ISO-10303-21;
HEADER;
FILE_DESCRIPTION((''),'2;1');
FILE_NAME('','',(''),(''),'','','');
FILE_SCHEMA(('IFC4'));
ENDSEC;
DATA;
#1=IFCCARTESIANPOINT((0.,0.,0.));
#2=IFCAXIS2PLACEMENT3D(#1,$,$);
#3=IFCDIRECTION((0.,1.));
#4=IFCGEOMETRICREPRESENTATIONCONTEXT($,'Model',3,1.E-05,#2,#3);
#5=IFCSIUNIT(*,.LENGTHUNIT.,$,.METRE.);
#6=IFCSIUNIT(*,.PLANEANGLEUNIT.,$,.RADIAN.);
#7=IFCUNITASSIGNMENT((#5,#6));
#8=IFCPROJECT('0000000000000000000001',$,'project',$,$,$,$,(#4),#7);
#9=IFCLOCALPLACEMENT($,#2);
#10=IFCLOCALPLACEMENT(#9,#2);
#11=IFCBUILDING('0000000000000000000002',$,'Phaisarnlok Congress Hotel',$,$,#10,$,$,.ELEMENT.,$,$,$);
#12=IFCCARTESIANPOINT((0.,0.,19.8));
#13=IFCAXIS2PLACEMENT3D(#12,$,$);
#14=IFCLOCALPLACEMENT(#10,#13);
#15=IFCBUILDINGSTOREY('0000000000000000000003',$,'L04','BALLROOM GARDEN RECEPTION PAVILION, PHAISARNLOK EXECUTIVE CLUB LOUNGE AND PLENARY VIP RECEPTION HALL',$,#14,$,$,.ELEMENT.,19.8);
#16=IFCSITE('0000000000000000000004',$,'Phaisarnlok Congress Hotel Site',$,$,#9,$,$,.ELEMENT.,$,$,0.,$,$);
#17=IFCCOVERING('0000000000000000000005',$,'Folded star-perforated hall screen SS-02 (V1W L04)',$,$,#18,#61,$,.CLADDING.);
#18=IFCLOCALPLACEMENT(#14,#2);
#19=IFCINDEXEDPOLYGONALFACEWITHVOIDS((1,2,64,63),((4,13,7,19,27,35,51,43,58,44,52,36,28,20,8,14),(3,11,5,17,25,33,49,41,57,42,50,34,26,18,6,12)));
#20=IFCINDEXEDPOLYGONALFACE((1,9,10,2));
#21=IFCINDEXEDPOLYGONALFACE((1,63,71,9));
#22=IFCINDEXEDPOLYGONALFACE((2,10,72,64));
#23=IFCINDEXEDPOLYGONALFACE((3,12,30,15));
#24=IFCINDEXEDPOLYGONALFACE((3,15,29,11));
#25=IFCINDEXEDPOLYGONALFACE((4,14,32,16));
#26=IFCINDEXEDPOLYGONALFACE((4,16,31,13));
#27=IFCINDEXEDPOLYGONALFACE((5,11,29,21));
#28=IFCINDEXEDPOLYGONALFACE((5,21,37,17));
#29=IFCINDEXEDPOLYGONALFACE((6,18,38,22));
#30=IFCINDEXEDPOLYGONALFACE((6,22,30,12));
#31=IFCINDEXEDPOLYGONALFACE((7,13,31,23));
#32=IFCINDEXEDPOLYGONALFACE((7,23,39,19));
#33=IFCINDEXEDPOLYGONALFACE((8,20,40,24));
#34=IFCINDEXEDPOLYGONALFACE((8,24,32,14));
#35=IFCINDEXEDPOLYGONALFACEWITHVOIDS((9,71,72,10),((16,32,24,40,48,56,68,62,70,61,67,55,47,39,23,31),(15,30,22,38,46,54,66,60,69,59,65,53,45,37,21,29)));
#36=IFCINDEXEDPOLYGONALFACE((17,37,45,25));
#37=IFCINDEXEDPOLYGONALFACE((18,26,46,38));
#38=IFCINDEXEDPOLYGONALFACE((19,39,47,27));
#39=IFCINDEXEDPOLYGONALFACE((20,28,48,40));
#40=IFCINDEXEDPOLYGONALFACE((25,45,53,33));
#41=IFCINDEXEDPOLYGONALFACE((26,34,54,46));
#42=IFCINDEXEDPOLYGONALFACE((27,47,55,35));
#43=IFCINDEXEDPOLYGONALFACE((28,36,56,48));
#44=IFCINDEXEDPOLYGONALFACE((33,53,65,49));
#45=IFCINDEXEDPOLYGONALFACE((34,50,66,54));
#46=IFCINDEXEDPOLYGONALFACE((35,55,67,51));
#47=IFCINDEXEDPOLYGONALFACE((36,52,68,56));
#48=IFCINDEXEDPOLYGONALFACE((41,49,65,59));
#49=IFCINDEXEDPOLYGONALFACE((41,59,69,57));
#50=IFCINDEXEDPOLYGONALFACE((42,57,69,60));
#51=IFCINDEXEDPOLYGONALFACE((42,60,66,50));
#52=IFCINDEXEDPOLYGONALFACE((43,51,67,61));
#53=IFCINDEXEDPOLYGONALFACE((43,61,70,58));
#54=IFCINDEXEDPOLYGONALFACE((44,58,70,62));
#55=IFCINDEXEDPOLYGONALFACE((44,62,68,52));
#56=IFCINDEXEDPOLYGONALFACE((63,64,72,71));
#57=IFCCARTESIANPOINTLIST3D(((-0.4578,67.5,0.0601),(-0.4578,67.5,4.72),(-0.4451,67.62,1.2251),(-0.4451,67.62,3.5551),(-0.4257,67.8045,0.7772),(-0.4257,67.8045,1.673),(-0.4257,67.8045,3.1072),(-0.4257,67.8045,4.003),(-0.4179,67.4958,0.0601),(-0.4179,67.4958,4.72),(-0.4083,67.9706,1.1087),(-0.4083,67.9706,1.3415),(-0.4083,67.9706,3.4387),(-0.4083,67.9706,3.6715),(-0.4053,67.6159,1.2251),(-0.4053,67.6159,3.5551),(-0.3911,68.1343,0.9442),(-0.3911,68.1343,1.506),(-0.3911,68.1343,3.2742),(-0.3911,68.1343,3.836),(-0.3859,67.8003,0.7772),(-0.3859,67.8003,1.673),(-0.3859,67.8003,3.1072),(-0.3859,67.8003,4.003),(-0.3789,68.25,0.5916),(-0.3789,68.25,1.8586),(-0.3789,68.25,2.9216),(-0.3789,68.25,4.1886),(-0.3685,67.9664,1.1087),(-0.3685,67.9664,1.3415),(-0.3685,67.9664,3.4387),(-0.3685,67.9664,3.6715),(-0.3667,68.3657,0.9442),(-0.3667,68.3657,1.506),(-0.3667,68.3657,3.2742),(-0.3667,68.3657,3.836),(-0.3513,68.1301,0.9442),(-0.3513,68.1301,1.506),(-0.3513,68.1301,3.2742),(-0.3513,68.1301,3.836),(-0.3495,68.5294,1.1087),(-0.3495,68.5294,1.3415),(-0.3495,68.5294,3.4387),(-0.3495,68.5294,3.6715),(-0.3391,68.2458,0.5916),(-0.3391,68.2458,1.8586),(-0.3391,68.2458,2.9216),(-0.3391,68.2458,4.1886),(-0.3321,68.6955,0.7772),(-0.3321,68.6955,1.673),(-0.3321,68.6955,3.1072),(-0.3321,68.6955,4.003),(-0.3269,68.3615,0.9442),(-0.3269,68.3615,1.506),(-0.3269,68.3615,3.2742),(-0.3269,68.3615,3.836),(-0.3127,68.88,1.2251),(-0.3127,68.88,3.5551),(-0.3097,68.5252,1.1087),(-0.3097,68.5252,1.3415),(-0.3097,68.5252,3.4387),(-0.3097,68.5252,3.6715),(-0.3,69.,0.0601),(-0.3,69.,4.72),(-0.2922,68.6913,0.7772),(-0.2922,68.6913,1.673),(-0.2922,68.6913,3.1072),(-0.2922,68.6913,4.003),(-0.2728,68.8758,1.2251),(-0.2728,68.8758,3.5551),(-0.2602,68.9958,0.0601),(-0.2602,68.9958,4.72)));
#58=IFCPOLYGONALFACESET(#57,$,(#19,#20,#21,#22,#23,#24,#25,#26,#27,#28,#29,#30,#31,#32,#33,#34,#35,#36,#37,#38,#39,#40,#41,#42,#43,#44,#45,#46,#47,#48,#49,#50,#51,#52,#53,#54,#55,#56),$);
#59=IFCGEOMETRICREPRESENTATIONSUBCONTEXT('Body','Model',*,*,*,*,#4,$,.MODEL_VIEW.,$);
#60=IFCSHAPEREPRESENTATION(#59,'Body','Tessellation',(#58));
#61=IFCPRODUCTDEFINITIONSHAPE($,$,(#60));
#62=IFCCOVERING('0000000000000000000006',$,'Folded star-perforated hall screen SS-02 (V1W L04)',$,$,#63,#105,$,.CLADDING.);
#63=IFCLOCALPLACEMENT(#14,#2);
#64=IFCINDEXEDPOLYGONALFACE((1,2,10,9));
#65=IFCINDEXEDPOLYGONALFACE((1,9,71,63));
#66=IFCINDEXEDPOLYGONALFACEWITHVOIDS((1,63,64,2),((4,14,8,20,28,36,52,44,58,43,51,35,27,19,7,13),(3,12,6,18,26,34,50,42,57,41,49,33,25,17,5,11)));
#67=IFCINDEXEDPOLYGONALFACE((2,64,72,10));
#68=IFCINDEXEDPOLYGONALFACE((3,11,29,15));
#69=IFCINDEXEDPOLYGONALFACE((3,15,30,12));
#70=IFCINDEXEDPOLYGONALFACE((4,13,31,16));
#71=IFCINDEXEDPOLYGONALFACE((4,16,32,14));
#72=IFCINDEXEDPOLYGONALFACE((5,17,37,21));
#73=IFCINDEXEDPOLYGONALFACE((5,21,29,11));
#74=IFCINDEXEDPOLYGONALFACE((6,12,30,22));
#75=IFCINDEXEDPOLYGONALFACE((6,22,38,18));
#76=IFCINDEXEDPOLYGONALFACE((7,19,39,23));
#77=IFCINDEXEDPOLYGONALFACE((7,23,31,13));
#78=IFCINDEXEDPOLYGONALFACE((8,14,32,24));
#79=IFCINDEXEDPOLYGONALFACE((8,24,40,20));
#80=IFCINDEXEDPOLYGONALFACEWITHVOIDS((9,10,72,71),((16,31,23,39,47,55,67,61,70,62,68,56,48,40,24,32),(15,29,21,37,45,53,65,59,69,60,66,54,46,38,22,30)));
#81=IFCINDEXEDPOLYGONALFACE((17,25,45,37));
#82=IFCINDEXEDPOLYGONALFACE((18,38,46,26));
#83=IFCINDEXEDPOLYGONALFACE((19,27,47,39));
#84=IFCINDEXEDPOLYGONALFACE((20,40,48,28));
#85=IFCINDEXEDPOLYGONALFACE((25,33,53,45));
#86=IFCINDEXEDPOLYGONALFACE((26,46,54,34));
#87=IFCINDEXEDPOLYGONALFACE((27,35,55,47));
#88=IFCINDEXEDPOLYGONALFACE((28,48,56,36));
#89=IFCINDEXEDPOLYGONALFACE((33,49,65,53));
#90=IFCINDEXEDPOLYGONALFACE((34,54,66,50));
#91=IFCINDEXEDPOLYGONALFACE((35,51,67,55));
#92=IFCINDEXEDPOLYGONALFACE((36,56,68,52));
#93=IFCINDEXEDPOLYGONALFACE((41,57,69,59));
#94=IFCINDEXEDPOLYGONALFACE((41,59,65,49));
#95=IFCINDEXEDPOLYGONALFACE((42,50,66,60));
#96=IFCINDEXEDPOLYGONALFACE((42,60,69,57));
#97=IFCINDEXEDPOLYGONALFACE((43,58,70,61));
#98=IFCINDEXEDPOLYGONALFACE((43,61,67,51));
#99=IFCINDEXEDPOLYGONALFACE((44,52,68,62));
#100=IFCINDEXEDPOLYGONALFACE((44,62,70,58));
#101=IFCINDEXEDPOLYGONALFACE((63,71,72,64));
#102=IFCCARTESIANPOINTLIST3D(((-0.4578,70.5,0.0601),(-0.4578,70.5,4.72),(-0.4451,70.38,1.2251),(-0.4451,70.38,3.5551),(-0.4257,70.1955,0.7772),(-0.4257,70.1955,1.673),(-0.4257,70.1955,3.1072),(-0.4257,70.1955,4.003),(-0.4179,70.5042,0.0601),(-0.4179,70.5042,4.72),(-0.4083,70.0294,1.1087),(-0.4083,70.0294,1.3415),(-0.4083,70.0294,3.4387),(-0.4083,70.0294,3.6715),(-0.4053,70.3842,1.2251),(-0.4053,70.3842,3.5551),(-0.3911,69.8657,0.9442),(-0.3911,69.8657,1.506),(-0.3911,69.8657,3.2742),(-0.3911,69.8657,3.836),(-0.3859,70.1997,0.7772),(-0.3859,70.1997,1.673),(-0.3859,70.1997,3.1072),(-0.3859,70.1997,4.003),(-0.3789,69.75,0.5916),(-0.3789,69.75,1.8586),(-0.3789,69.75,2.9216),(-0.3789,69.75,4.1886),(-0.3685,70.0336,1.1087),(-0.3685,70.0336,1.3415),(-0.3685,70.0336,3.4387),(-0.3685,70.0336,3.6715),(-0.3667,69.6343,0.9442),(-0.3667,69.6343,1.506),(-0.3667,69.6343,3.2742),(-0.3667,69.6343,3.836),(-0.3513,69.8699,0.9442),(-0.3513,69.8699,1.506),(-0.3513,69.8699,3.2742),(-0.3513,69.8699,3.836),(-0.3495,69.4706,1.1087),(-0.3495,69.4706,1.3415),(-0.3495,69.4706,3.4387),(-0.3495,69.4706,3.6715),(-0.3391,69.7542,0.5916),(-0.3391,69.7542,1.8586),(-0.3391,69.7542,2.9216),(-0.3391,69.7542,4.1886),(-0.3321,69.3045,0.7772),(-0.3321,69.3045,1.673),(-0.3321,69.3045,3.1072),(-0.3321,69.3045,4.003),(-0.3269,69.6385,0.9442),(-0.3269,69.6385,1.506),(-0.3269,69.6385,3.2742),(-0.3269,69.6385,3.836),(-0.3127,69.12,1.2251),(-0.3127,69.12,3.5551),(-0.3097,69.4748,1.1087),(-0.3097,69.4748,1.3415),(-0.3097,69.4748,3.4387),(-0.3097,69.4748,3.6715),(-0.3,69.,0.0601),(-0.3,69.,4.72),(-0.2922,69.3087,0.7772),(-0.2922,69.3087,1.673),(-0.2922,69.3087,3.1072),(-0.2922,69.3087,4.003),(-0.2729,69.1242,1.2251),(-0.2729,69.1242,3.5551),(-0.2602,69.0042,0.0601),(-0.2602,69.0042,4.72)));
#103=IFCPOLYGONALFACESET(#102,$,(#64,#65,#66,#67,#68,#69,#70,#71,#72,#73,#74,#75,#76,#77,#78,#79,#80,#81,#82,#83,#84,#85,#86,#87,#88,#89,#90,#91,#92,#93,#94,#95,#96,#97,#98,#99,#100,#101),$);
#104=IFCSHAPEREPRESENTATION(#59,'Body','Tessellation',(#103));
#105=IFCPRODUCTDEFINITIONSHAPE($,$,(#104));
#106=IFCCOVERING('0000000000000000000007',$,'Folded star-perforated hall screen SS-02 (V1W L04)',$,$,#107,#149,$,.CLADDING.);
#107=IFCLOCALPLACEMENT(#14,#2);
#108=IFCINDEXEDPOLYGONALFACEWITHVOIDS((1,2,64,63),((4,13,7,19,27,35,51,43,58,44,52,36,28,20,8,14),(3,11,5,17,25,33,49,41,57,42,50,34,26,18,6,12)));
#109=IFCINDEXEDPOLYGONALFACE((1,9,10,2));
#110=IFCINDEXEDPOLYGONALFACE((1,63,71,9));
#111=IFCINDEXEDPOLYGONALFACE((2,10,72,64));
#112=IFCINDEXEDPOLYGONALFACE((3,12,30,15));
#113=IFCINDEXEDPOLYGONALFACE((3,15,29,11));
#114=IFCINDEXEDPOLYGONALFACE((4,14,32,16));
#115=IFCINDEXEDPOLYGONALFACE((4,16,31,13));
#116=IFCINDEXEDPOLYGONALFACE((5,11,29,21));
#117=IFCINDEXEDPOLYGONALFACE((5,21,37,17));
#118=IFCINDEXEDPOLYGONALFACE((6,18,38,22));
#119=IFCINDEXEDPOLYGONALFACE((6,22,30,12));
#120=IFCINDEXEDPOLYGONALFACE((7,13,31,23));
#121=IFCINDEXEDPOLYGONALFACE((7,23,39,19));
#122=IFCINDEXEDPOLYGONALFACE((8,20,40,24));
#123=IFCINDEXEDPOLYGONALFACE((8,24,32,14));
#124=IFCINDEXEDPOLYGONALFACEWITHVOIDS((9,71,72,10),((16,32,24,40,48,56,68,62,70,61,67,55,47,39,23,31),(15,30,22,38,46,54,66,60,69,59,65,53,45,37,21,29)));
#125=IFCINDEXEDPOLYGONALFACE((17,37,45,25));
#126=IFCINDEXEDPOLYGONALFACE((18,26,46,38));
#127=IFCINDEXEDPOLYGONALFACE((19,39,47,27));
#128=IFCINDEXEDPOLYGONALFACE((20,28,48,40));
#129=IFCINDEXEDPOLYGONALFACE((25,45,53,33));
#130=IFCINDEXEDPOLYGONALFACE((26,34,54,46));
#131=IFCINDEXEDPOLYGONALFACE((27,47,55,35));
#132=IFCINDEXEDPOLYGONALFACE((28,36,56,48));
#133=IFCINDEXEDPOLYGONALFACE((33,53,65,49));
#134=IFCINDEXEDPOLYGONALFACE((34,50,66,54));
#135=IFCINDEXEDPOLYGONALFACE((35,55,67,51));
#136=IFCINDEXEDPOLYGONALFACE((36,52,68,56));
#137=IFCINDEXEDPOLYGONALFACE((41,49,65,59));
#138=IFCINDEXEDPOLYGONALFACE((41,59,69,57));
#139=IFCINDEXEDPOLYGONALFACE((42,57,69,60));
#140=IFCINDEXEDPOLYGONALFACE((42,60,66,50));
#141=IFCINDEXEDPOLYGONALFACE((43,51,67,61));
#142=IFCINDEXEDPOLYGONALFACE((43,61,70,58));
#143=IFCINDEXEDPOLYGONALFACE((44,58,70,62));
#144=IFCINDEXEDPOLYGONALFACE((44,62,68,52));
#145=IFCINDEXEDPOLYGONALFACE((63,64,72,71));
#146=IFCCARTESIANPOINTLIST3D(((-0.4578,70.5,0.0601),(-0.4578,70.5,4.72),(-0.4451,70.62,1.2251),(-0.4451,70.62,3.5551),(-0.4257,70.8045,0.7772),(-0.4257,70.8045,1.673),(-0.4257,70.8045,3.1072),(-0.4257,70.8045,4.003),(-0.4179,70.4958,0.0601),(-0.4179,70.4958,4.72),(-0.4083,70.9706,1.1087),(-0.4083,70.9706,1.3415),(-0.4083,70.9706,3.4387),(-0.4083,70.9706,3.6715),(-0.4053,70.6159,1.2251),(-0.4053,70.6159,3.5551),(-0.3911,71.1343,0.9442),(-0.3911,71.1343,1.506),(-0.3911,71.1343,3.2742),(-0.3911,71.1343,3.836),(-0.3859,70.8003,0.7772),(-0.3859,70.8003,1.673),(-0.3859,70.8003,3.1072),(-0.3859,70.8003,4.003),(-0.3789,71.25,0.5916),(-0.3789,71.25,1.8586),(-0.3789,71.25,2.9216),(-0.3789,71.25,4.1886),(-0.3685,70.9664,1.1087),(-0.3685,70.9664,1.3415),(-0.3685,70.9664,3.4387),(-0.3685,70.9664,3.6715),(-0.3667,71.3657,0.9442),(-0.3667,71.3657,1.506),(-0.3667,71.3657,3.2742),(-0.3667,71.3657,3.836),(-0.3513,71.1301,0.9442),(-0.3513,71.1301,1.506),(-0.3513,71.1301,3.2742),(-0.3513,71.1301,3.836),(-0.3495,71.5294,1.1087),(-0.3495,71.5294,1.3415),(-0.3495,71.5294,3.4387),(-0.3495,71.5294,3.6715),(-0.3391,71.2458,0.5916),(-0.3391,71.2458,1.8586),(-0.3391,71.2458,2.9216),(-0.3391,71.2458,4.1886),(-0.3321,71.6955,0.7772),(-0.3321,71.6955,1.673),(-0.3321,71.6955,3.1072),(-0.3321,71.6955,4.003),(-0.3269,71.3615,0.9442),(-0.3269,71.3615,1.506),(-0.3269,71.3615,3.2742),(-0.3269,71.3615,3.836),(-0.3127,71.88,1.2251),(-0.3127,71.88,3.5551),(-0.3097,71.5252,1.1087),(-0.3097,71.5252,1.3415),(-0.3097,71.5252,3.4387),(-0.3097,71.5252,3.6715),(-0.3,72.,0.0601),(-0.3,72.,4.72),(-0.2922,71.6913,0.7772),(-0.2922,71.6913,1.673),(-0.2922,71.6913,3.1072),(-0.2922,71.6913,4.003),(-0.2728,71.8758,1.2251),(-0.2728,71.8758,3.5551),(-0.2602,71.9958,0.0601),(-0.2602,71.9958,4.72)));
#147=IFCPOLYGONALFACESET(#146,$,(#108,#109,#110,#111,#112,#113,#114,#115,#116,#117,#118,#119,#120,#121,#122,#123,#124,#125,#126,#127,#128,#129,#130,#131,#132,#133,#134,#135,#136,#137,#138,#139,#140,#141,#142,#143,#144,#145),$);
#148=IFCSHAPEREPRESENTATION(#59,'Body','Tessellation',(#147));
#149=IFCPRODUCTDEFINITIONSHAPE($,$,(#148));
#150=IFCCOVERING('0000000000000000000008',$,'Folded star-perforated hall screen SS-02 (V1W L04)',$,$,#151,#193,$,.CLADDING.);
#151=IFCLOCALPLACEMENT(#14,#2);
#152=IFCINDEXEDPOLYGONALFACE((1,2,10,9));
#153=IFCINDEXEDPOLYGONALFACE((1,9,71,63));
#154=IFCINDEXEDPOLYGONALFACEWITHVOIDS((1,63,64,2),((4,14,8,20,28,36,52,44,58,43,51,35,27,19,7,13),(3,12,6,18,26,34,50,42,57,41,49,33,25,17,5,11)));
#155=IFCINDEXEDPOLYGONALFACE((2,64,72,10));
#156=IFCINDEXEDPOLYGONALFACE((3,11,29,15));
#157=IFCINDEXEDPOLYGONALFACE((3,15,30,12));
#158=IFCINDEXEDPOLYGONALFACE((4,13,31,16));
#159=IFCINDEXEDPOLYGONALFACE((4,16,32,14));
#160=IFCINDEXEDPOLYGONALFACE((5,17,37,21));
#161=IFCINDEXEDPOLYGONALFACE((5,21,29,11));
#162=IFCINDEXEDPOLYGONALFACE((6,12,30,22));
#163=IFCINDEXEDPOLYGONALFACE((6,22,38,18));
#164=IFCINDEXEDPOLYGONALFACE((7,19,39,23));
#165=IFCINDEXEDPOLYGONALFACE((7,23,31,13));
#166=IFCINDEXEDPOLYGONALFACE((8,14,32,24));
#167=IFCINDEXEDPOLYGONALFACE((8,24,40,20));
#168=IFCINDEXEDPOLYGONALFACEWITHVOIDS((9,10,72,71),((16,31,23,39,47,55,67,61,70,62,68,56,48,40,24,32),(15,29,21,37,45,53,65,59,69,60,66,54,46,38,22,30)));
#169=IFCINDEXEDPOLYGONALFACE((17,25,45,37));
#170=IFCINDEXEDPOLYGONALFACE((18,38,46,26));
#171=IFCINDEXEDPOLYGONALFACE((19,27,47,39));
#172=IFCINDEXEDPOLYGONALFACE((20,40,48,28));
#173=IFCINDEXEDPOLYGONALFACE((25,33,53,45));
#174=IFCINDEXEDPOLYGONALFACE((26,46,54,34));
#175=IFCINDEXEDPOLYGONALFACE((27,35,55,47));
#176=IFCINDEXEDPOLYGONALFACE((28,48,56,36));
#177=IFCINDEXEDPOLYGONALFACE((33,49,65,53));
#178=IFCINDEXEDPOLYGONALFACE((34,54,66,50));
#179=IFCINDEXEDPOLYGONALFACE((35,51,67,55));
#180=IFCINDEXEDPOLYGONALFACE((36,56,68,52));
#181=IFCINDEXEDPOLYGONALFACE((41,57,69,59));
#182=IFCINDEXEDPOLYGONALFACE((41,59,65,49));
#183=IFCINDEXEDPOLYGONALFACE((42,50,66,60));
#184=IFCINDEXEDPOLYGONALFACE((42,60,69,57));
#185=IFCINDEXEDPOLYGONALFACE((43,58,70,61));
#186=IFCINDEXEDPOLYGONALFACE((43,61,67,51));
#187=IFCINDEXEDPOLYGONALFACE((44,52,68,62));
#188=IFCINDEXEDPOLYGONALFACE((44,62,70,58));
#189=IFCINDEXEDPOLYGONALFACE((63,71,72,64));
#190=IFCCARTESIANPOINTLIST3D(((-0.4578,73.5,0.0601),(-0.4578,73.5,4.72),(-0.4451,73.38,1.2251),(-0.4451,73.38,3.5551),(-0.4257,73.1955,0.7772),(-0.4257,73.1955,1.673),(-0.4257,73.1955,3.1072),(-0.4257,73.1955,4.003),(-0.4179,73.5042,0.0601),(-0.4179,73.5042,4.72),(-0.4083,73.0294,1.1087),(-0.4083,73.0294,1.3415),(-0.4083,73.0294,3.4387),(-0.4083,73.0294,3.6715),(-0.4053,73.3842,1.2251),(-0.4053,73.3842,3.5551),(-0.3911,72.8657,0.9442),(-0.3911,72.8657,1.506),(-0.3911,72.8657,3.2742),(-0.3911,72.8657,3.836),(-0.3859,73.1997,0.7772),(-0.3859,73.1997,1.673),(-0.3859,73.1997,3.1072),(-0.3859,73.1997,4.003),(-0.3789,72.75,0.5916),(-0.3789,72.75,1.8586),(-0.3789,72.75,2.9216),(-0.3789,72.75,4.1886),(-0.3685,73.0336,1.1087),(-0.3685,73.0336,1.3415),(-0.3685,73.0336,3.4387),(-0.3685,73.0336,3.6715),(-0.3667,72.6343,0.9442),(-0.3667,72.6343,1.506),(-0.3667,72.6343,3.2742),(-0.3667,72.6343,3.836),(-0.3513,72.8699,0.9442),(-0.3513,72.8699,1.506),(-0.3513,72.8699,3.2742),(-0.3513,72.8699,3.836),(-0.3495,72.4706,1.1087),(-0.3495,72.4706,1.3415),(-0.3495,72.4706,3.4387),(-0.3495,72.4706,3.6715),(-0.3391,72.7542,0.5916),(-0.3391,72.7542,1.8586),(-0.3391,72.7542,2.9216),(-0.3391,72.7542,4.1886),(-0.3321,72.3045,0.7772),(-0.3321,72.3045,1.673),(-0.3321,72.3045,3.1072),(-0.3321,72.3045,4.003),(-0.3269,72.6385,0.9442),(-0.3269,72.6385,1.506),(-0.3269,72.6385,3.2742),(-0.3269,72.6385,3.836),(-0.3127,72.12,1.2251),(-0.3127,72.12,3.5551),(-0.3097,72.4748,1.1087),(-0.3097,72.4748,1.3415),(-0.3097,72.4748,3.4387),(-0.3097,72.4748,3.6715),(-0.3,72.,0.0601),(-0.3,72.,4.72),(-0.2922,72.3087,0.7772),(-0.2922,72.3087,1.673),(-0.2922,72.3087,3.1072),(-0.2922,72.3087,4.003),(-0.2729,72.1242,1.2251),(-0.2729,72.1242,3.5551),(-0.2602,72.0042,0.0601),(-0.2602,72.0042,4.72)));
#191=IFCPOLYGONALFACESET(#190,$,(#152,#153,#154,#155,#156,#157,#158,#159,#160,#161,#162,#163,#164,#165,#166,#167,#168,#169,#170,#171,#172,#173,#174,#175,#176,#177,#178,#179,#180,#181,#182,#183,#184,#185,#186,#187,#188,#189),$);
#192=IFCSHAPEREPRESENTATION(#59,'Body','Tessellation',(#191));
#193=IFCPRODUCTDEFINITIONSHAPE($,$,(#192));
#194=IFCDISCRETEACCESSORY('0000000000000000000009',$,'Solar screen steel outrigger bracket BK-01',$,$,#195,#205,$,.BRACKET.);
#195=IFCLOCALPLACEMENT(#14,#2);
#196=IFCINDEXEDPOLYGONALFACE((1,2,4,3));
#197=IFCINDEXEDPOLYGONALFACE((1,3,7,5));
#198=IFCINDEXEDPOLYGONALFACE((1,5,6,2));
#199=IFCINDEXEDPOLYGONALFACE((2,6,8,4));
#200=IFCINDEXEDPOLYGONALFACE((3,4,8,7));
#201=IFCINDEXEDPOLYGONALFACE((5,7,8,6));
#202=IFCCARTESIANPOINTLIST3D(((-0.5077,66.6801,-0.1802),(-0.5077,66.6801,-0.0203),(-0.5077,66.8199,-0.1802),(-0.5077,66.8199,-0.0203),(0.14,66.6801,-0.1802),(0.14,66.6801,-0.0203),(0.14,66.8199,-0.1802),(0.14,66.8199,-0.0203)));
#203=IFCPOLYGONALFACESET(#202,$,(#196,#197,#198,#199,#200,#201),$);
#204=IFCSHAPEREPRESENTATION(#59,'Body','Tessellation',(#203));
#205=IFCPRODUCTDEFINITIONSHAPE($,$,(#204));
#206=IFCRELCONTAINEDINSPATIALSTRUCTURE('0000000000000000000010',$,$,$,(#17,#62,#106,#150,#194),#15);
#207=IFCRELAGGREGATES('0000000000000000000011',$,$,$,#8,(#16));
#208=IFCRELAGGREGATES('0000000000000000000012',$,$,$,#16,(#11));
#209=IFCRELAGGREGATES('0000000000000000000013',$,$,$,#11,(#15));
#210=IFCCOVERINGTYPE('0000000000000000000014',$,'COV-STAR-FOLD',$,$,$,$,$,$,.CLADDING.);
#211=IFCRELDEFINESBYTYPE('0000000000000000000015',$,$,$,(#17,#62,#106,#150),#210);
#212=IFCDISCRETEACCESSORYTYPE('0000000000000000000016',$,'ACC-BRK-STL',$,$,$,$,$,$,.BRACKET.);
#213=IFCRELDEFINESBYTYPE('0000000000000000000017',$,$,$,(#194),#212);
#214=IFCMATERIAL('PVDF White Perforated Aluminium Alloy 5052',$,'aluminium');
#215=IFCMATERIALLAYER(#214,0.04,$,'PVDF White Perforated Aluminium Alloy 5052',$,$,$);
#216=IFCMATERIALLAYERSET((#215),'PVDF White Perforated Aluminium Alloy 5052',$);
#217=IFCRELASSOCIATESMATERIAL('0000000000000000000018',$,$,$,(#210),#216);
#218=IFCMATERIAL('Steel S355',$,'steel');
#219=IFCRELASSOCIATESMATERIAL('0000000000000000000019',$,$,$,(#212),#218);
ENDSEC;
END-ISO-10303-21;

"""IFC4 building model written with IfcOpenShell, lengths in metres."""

from ifc_helpers import new_model, si_unit, direction, frame, origin, origin_2d, place, context, subcontext, project, spatial, polyline, rectangle, outline, extrude, material, layer, layer_set, type_object, element, save


model = new_model("IFC4")

# Units and contexts
model_context = context("Model", 3, precision=1e-05, world=origin(), true_north=direction((0.0, 1.0)))
body_context = subcontext(model_context, "Body", "Model", "MODEL_VIEW")
ifc_project = project(units=[si_unit("LENGTHUNIT", "METRE"), si_unit("PLANEANGLEUNIT", "RADIAN")], contexts=[model_context])

# Site, building, storey
site_placement = place(None, origin())
site = spatial("IfcSite", under=ifc_project, at=site_placement, Name="Phaisarnlok Congress Hotel Site", CompositionType="ELEMENT", RefElevation=0.0)
building_placement = place(site_placement, origin())
building = spatial("IfcBuilding", under=site, at=building_placement, Name="Phaisarnlok Congress Hotel", CompositionType="ELEMENT")
storey_placement = place(building_placement, frame((0.0, 0.0, 19.8)))
storey = spatial("IfcBuildingStorey", under=building, at=storey_placement, Name="L04", Description="BALLROOM GARDEN RECEPTION PAVILION, PHAISARNLOK EXECUTIVE CLUB LOUNGE AND PLENARY VIP RECEPTION HALL", CompositionType="ELEMENT", Elevation=19.8)

# Shared definitions
ifc_material_1 = material(Name="Steel S355", Category="steel")

# Coverings
ifc_material_2 = material(Name="PVDF White Perforated Aluminium Alloy 5052", Category="aluminium")
ifc_layer_1 = layer(ifc_material_2, 0.04, Name="PVDF White Perforated Aluminium Alloy 5052")
ifc_layer_set_1 = layer_set([ifc_layer_1], Name="PVDF White Perforated Aluminium Alloy 5052")
covering_type = type_object("IfcCoveringType", Name="COV-STAR-FOLD", PredefinedType="CLADDING", material=ifc_layer_set_1)
for number, where, z_axis, x_axis, name in (
    (1, (-0.4578, 67.5, 0.0601), (0.994518, -0.104567, 0.0), (0.104567, 0.994518, 0.0), "Folded star-perforated hall screen SS-02 (V1W L04)"),
    (2, (-0.3, 69.0, 0.0601), (0.994518, 0.104567, 0.0), (-0.104567, 0.994518, 0.0), "Folded star-perforated hall screen SS-02 (V1W L04)"),
    (3, (-0.4578, 70.5, 0.0601), (0.994518, -0.104567, 0.0), (0.104567, 0.994518, 0.0), "Folded star-perforated hall screen SS-02 (V1W L04)"),
    (4, (-0.3, 72.0, 0.0601), (0.994518, 0.104567, 0.0), (-0.104567, 0.994518, 0.0), "Folded star-perforated hall screen SS-02 (V1W L04)"),
):
    element("IfcCovering", number, at=place(storey_placement, frame(where, z_axis=z_axis, x_axis=x_axis)), inside=storey, type_object=covering_type, Name=name, PredefinedType="CLADDING", context=body_context, shape_type="SweptSolid", body=[
        extrude(outline(polyline([(0.0, 0.0), (1.5083, 0.0), (1.5083, 4.6599), (0.0, 4.6599), (0.0, 0.0)]), holes=[polyline([(1.0351, 1.0486), (1.2021, 0.7171), (0.8705, 0.8841), (0.7541, 0.5315), (0.6378, 0.8841), (0.3062, 0.7171), (0.4732, 1.0486), (0.1207, 1.165), (0.4732, 1.2814), (0.3062, 1.6129), (0.6378, 1.4459), (0.7541, 1.7985), (0.8705, 1.4459), (1.2021, 1.6129), (1.0351, 1.2814), (1.3876, 1.165), (1.0351, 1.0486)]), polyline([(1.0351, 3.3786), (1.2021, 3.0471), (0.8705, 3.2141), (0.7541, 2.8615), (0.6378, 3.2141), (0.3062, 3.0471), (0.4732, 3.3786), (0.1207, 3.495), (0.4732, 3.6114), (0.3062, 3.9429), (0.6378, 3.7759), (0.7541, 4.1285), (0.8705, 3.7759), (1.2021, 3.9429), (1.0351, 3.6114), (1.3876, 3.495), (1.0351, 3.3786)])]), origin(), (0.0, 0.0, 1.0), 0.04),
    ])

# Discrete accessory
discrete_accessory_type = type_object("IfcDiscreteAccessoryType", Name="ACC-BRK-STL", PredefinedType="BRACKET", material=ifc_material_1)
for number, where, z_axis, x_axis, name in (
    (5, (-0.1838, 66.75, -0.1802), (0.0, 0.0, 1.0), (1.0, 0.0, 0.0), "Solar screen steel outrigger bracket BK-01"),
):
    element("IfcDiscreteAccessory", number, at=place(storey_placement, frame(where, z_axis=z_axis, x_axis=x_axis)), inside=storey, type_object=discrete_accessory_type, Name=name, PredefinedType="BRACKET", context=body_context, shape_type="SweptSolid", body=[
        extrude(rectangle(XDim=0.6477, YDim=0.1399, at=origin_2d()), origin(), (0.0, 0.0, 1.0), 0.1599),
    ])

save(model, "model.ifc")
